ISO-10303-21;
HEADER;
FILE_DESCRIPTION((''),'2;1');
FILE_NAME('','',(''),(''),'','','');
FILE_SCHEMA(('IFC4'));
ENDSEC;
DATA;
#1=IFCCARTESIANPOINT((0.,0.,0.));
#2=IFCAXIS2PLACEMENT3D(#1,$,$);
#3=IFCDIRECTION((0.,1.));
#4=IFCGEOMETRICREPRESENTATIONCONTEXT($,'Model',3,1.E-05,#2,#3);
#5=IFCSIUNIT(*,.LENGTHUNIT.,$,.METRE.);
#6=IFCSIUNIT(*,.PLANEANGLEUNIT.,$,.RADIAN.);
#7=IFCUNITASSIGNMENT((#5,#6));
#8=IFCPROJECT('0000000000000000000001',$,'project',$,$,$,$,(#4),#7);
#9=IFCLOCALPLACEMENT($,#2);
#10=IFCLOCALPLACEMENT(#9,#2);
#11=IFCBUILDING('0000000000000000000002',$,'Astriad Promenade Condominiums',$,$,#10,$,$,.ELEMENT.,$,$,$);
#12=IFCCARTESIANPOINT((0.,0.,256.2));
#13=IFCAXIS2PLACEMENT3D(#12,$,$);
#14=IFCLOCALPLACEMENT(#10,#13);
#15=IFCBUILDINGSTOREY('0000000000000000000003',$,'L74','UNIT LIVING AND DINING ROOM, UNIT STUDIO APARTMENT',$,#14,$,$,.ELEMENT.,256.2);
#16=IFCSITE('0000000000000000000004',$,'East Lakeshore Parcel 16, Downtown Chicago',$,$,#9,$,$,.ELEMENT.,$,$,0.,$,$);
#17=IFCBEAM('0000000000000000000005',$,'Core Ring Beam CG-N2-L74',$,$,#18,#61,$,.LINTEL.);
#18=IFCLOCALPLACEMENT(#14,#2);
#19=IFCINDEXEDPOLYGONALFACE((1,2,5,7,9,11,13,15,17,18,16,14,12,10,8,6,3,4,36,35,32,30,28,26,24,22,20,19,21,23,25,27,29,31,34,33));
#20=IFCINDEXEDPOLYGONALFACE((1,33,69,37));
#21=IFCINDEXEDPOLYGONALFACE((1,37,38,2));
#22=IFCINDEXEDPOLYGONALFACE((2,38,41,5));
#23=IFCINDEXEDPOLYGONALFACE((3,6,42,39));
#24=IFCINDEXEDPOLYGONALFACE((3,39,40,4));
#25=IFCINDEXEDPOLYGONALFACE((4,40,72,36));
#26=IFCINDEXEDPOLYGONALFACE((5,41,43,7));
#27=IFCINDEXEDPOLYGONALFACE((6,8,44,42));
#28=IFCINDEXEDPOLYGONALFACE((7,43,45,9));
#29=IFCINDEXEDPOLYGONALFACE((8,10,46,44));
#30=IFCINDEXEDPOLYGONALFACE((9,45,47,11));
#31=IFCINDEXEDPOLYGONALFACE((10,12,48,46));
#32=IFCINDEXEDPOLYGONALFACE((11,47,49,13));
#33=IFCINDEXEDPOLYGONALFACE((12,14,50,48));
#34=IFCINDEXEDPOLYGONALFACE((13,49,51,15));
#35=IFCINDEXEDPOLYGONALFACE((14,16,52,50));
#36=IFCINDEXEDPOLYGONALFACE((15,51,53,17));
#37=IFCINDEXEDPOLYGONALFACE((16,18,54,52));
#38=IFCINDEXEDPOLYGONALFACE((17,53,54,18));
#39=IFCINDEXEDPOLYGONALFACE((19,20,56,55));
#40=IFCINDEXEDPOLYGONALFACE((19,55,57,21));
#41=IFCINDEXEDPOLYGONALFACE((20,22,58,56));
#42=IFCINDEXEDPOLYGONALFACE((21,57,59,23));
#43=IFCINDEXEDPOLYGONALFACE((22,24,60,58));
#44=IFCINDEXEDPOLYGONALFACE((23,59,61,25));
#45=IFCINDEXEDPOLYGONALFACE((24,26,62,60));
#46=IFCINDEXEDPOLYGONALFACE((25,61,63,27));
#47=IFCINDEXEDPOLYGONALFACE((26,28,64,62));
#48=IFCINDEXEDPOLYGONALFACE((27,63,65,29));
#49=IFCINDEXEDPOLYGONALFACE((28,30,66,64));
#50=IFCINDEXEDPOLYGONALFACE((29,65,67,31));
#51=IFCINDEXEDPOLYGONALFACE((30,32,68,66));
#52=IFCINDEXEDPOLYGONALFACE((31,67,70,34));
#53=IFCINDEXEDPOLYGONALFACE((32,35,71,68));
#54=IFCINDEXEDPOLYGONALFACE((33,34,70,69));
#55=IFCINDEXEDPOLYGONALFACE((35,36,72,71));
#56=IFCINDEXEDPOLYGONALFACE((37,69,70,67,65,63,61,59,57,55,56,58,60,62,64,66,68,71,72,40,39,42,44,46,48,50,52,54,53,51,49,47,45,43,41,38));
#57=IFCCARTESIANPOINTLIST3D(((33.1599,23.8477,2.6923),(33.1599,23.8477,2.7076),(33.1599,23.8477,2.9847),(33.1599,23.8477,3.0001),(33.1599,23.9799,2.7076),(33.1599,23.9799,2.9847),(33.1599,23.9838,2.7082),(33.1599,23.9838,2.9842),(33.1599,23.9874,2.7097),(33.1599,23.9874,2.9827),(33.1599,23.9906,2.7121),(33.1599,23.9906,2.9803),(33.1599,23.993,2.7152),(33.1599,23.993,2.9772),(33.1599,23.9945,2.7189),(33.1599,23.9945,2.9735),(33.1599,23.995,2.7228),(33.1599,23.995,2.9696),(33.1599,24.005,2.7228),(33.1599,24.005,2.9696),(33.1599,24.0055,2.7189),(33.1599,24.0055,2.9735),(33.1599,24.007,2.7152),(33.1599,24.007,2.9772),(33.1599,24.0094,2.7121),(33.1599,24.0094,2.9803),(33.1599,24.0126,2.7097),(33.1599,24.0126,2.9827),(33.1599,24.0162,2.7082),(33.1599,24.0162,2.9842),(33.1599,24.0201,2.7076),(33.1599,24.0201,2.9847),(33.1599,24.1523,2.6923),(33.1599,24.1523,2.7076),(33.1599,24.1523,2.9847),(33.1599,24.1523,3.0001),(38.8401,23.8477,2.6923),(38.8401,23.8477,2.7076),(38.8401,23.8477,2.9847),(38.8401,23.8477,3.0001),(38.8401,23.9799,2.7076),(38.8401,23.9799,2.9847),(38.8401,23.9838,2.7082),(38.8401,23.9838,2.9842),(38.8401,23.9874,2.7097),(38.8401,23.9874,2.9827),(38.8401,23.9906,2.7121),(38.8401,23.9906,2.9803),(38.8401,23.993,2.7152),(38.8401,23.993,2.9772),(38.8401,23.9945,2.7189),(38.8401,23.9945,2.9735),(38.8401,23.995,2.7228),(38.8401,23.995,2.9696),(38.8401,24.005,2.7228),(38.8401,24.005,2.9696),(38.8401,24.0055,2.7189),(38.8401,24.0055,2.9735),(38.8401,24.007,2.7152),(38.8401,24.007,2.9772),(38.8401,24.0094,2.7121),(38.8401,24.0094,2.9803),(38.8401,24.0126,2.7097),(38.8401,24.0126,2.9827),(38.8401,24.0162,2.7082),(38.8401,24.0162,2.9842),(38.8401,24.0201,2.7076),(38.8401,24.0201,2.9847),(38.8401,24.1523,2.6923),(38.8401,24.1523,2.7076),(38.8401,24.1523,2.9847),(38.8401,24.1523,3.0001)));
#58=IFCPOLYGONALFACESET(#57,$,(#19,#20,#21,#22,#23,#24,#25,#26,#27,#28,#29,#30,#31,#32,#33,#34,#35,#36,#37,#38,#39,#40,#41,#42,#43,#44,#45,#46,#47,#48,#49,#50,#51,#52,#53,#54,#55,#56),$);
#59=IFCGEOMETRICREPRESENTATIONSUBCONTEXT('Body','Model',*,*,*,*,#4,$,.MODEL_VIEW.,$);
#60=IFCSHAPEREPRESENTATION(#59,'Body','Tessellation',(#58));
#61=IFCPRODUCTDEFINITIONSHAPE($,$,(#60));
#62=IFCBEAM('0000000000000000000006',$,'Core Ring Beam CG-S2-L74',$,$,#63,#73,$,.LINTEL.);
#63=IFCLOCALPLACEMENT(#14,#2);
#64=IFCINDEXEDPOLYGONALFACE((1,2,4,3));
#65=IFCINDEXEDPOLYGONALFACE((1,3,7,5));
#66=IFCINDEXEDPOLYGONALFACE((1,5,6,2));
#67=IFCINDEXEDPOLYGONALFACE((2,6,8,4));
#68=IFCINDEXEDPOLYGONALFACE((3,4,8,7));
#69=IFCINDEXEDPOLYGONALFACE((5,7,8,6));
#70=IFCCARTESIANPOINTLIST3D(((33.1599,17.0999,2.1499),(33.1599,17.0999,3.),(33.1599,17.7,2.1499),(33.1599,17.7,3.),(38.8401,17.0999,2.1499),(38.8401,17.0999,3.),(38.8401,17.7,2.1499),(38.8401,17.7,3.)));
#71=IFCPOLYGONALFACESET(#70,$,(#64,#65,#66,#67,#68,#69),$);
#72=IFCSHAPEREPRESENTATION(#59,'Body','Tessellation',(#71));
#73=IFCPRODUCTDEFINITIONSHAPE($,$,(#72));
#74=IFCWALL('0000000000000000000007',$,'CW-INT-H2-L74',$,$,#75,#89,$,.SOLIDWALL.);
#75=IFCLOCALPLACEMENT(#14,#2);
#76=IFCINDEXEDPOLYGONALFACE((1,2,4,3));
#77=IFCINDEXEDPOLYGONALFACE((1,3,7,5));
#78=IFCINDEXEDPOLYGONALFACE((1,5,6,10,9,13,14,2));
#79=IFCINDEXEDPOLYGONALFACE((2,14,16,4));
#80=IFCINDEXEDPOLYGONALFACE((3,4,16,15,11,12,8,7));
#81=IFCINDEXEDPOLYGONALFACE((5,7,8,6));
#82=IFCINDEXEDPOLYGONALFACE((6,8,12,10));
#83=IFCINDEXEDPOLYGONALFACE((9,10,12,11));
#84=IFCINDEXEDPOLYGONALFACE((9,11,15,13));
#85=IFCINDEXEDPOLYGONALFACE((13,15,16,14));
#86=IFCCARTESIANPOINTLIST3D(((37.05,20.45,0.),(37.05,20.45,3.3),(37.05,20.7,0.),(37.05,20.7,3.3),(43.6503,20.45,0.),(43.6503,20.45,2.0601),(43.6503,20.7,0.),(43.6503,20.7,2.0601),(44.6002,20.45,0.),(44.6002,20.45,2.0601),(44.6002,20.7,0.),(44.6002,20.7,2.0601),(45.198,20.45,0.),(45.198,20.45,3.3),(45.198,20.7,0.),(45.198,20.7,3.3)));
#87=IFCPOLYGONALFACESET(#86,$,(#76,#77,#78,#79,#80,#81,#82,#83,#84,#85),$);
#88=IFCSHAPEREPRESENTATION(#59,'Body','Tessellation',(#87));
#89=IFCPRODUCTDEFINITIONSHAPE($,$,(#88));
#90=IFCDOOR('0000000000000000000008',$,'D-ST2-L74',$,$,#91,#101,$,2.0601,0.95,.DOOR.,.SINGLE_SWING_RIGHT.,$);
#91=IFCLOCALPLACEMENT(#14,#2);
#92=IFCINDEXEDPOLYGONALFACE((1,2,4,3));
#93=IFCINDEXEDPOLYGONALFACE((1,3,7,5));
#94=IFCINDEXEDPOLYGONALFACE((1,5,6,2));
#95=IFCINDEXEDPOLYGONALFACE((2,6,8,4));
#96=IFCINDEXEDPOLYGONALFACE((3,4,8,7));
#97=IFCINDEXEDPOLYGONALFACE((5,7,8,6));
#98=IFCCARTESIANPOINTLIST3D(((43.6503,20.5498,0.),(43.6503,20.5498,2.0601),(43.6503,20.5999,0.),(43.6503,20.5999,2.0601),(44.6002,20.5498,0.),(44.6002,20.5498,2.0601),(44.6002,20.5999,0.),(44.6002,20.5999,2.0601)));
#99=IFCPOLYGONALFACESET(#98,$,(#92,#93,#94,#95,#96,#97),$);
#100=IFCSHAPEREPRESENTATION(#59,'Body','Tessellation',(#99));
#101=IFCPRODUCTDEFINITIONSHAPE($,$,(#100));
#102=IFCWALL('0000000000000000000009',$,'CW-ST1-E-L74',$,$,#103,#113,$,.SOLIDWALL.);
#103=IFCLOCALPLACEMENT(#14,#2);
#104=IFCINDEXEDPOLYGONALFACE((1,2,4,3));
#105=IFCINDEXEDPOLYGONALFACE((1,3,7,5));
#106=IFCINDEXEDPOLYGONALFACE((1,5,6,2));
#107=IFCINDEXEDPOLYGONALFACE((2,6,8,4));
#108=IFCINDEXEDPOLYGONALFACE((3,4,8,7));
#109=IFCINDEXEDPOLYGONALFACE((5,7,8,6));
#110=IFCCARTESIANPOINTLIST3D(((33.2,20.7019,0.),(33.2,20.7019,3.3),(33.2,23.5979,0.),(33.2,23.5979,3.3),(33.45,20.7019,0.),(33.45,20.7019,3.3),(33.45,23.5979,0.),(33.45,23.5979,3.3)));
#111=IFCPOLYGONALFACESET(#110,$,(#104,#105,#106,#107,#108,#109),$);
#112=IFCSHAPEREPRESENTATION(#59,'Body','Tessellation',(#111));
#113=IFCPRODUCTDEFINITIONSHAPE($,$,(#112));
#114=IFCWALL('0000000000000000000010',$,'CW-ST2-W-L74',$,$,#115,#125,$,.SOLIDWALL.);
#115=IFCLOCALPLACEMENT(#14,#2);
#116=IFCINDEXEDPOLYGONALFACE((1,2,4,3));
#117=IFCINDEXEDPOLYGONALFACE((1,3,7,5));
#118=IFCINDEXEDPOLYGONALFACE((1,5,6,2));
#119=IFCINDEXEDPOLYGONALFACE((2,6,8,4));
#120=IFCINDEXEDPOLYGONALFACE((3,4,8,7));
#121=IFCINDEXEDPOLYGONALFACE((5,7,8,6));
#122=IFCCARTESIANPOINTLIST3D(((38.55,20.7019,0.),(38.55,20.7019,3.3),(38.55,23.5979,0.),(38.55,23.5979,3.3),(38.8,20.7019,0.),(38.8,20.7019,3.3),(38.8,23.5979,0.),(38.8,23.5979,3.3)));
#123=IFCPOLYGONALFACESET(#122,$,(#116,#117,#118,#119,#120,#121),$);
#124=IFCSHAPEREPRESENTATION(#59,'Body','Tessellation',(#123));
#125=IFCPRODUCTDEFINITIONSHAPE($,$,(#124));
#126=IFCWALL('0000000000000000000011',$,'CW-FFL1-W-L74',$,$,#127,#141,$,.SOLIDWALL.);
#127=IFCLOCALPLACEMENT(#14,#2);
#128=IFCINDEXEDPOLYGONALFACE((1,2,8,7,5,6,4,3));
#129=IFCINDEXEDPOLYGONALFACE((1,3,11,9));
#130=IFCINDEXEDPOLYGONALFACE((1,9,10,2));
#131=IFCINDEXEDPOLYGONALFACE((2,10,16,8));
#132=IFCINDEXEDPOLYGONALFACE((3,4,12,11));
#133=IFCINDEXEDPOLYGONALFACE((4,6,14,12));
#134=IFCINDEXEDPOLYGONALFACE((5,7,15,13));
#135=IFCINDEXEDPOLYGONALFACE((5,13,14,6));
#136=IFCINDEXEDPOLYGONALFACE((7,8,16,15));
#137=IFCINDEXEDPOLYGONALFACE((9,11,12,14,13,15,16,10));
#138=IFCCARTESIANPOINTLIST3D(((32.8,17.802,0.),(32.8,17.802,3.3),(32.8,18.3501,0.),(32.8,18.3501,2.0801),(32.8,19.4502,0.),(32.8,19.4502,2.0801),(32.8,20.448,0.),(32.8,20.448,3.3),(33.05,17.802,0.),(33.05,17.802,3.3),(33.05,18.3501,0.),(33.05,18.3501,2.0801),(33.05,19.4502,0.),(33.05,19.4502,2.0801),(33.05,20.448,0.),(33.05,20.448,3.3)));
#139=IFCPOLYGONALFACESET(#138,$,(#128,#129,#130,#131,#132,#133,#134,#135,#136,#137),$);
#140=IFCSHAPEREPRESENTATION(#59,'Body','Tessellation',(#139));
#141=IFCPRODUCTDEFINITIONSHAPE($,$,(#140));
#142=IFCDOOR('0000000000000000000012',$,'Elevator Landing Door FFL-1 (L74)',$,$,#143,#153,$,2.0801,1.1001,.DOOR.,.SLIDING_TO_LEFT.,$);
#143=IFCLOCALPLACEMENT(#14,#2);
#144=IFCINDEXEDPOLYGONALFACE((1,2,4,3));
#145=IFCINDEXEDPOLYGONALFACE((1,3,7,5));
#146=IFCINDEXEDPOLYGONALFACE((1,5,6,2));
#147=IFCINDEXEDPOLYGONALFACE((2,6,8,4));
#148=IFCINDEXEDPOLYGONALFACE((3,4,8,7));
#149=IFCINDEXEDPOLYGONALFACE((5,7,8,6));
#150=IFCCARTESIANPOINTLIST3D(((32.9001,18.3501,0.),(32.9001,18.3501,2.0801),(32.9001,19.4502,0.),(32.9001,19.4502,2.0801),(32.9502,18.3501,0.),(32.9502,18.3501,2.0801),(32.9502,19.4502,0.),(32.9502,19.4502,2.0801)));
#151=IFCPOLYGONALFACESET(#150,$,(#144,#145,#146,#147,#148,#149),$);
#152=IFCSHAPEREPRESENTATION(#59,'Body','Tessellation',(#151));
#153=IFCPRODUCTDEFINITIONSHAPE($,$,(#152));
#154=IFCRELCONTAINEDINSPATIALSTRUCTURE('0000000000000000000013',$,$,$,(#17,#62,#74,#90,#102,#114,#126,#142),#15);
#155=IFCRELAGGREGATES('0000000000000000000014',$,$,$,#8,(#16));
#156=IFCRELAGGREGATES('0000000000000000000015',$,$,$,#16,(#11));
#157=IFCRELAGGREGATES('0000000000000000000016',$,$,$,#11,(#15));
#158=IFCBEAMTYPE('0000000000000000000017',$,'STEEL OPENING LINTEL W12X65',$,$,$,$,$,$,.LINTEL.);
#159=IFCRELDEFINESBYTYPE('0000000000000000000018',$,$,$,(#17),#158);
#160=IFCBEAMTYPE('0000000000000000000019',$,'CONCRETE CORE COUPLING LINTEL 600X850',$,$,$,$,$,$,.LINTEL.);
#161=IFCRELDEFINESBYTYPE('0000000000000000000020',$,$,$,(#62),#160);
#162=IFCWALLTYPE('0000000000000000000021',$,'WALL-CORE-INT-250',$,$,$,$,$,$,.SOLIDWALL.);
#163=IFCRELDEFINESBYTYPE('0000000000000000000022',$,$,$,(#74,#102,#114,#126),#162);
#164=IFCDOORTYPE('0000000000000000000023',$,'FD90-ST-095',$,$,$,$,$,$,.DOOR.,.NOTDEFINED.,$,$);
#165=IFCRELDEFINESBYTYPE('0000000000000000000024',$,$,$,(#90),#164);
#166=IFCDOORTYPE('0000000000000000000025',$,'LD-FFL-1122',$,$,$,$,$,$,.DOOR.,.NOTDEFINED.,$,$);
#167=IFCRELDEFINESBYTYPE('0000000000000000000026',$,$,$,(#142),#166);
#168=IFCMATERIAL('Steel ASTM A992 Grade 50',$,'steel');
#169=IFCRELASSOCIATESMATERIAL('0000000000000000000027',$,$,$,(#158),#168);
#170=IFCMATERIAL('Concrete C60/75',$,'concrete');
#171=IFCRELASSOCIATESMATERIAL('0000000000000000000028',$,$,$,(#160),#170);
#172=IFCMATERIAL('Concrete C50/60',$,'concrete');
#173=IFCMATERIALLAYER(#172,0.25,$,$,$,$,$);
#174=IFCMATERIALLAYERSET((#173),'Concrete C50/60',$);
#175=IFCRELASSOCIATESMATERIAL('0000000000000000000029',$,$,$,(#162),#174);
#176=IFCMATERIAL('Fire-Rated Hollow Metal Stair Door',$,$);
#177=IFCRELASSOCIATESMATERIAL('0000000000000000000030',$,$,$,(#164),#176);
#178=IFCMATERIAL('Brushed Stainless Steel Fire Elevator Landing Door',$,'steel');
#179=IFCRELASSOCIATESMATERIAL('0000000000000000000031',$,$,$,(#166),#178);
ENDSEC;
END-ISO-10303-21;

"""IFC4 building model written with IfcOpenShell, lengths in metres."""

from ifc_helpers import new_model, si_unit, direction, frame, frame_2d, origin, origin_2d, place, context, subcontext, project, spatial, rectangle, i_section, extrude, source, transform, mapped, material, layer, layer_set, material_profile, profile_set, type_object, type_shapes, element, fill, save


model = new_model("IFC4")

# Units and contexts
model_context = context("Model", 3, precision=1e-05, world=origin(), true_north=direction((0.0, 1.0)))
body_context = subcontext(model_context, "Body", "Model", "MODEL_VIEW")
ifc_project = project(units=[si_unit("LENGTHUNIT", "METRE"), si_unit("PLANEANGLEUNIT", "RADIAN")], contexts=[model_context])

# Site, building, storey
site_placement = place(None, origin())
site = spatial("IfcSite", under=ifc_project, at=site_placement, Name="East Lakeshore Parcel 16, Downtown Chicago", CompositionType="ELEMENT", RefElevation=0.0)
building_placement = place(site_placement, origin())
building = spatial("IfcBuilding", under=site, at=building_placement, Name="Astriad Promenade Condominiums", CompositionType="ELEMENT")
storey_placement = place(building_placement, frame((0.0, 0.0, 256.2)))
storey = spatial("IfcBuildingStorey", under=building, at=storey_placement, Name="L74", Description="UNIT LIVING AND DINING ROOM, UNIT STUDIO APARTMENT", CompositionType="ELEMENT", Elevation=256.2)

# Shared definitions
ifc_material_1 = material(Name="Steel ASTM A992 Grade 50", Category="steel")

# Beams
ifc_material_profile_1 = material_profile(ifc_material_1, i_section(OverallWidth=0.3047, OverallDepth=0.3079, WebThickness=0.01, FlangeThickness=0.0154, FilletRadius=0.0151, at=origin_2d()), Name="W12X65")
ifc_profile_set_1 = profile_set([ifc_material_profile_1], Name="Steel ASTM A992 Grade 50")
beam_type_1 = type_object("IfcBeamType", Name="STEEL OPENING LINTEL W12X65", PredefinedType="LINTEL", material=ifc_profile_set_1)
shared_shape_1 = source(origin(), body_context, "Body", "SweptSolid", [
    extrude(i_section(OverallWidth=0.3047, OverallDepth=0.3079, WebThickness=0.01, FlangeThickness=0.0154, FilletRadius=0.0151, at=origin_2d()), origin(), (0.0, 0.0, 1.0), 5.6802),
])
type_shapes(beam_type_1, [shared_shape_1])
beam_1_placement = place(storey_placement, frame((33.1599, 24.0, 2.8462), z_axis=(1.0, 0.0, 0.0), x_axis=(0.0, 1.0, 0.0)))
element("IfcBeam", 1, at=beam_1_placement, inside=storey, type_object=beam_type_1, Name="Core Ring Beam CG-N2-L74", PredefinedType="LINTEL", context=body_context, shape_type="MappedRepresentation", body=[
    mapped(shared_shape_1, transform((0.0, 0.0, 0.0), scale=1.0)),
])
ifc_material_2 = material(Name="Concrete C60/75", Category="concrete")
ifc_material_profile_2 = material_profile(ifc_material_2, rectangle(XDim=0.6001, YDim=0.8501, at=origin_2d()), Name="RC-BM-600X850")
ifc_profile_set_2 = profile_set([ifc_material_profile_2], Name="Concrete C60/75")
beam_type_2 = type_object("IfcBeamType", Name="CONCRETE CORE COUPLING LINTEL 600X850", PredefinedType="LINTEL", material=ifc_profile_set_2)
shared_shape_2 = source(origin(), body_context, "Body", "SweptSolid", [
    extrude(rectangle(XDim=0.6001, YDim=0.8501, at=origin_2d()), origin(), (0.0, 0.0, 1.0), 5.6802),
])
type_shapes(beam_type_2, [shared_shape_2])
beam_2_placement = place(storey_placement, frame((33.1599, 17.3999, 2.575), z_axis=(1.0, 0.0, 0.0), x_axis=(0.0, 1.0, 0.0)))
element("IfcBeam", 2, at=beam_2_placement, inside=storey, type_object=beam_type_2, Name="Core Ring Beam CG-S2-L74", PredefinedType="LINTEL", context=body_context, shape_type="MappedRepresentation", body=[
    mapped(shared_shape_2, transform((0.0, 0.0, 0.0), scale=1.0)),
])

# Wall, opening, door
ifc_material_3 = material(Name="Concrete C50/60", Category="concrete")
ifc_layer_1 = layer(ifc_material_3, 0.25)
ifc_layer_set_1 = layer_set([ifc_layer_1], Name="Concrete C50/60")
wall_type_1 = type_object("IfcWallType", Name="WALL-CORE-INT-250", PredefinedType="SOLIDWALL", material=ifc_layer_set_1)
wall_1_placement = place(storey_placement, frame((37.05, 20.575, 0.0), z_axis=(0.0, 0.0, 1.0), x_axis=(1.0, 0.0, 0.0)))
wall_1 = element("IfcWall", 3, at=wall_1_placement, inside=storey, type_object=wall_type_1, Name="CW-INT-H2-L74", PredefinedType="SOLIDWALL", context=body_context, shape_type="SweptSolid", body=[
    extrude(rectangle(XDim=8.1479, YDim=0.25, at=frame_2d((4.074, 0.0))), origin(), (0.0, 0.0, 1.0), 3.3),
])
opening_1_placement = place(wall_1_placement, frame((6.6001, 0.0, 0.0)))
opening_1 = element("IfcOpeningElement", 4, at=opening_1_placement, cuts=wall_1, PredefinedType="OPENING", context=body_context, shape_type="SweptSolid", body=[
    extrude(rectangle(XDim=0.95, YDim=2.0601, at=frame_2d((0.4751, 1.03))), frame((0.0, 0.135, 0.0), z_axis=(0.0, -1.0, 0.0), x_axis=(1.0, 0.0, 0.0)), (0.0, 0.0, 1.0), 0.27),
])
ifc_material_4 = material(Name="Fire-Rated Hollow Metal Stair Door")
door_type_1 = type_object("IfcDoorType", Name="FD90-ST-095", OperationType="NOTDEFINED", PredefinedType="DOOR", material=ifc_material_4)
shared_shape_3 = source(origin(), body_context, "Body", "SweptSolid", [
    extrude(rectangle(XDim=0.95, YDim=2.0601, at=frame_2d((0.4751, 1.03))), frame((0.0, 0.0249, 0.0), z_axis=(0.0, -1.0, 0.0), x_axis=(1.0, 0.0, 0.0)), (0.0, 0.0, 1.0), 0.05),
])
type_shapes(door_type_1, [shared_shape_3])
door_1_placement = place(opening_1_placement, origin())
door_1 = element("IfcDoor", 5, at=door_1_placement, inside=storey, type_object=door_type_1, Name="D-ST2-L74", OperationType="SINGLE_SWING_RIGHT", OverallHeight=2.0601, OverallWidth=0.95, PredefinedType="DOOR", context=body_context, shape_type="MappedRepresentation", body=[
    mapped(shared_shape_3, transform((0.0, 0.0, 0.0), scale=1.0)),
])
fill(opening_1, door_1)

# Walls
for number, where, z_axis, x_axis, name in (
    (6, (33.325, 20.7019, 0.0), (0.0, 0.0, 1.0), (0.0, 1.0, 0.0), "CW-ST1-E-L74"),
    (7, (38.675, 20.7019, 0.0), (0.0, 0.0, 1.0), (0.0, 1.0, 0.0), "CW-ST2-W-L74"),
):
    element("IfcWall", number, at=place(storey_placement, frame(where, z_axis=z_axis, x_axis=x_axis)), inside=storey, type_object=wall_type_1, Name=name, PredefinedType="SOLIDWALL", context=body_context, shape_type="SweptSolid", body=[
        extrude(rectangle(XDim=2.896, YDim=0.25, at=frame_2d((1.448, 0.0))), origin(), (0.0, 0.0, 1.0), 3.3),
    ])

# Wall, opening, door
wall_2_placement = place(storey_placement, frame((32.925, 17.802, 0.0), z_axis=(0.0, 0.0, 1.0), x_axis=(0.0, 1.0, 0.0)))
wall_2 = element("IfcWall", 8, at=wall_2_placement, inside=storey, type_object=wall_type_1, Name="CW-FFL1-W-L74", PredefinedType="SOLIDWALL", context=body_context, shape_type="SweptSolid", body=[
    extrude(rectangle(XDim=2.646, YDim=0.25, at=frame_2d((1.323, 0.0))), origin(), (0.0, 0.0, 1.0), 3.3),
])
opening_2_placement = place(wall_2_placement, frame((0.5481, 0.0, 0.0)))
opening_2 = element("IfcOpeningElement", 9, at=opening_2_placement, cuts=wall_2, PredefinedType="OPENING", context=body_context, shape_type="SweptSolid", body=[
    extrude(rectangle(XDim=1.1001, YDim=2.0801, at=frame_2d((0.55, 1.04))), frame((0.0, 0.135, 0.0), z_axis=(0.0, -1.0, 0.0), x_axis=(1.0, 0.0, 0.0)), (0.0, 0.0, 1.0), 0.27),
])
ifc_material_5 = material(Name="Brushed Stainless Steel Fire Elevator Landing Door", Category="steel")
door_type_2 = type_object("IfcDoorType", Name="LD-FFL-1122", OperationType="NOTDEFINED", PredefinedType="DOOR", material=ifc_material_5)
shared_shape_4 = source(origin(), body_context, "Body", "SweptSolid", [
    extrude(rectangle(XDim=1.1001, YDim=2.0801, at=frame_2d((0.55, 1.04))), frame((0.0, 0.0249, 0.0), z_axis=(0.0, -1.0, 0.0), x_axis=(1.0, 0.0, 0.0)), (0.0, 0.0, 1.0), 0.05),
])
type_shapes(door_type_2, [shared_shape_4])
door_2_placement = place(opening_2_placement, origin())
door_2 = element("IfcDoor", 10, at=door_2_placement, inside=storey, type_object=door_type_2, Name="Elevator Landing Door FFL-1 (L74)", OperationType="SLIDING_TO_LEFT", OverallHeight=2.0801, OverallWidth=1.1001, PredefinedType="DOOR", context=body_context, shape_type="MappedRepresentation", body=[
    mapped(shared_shape_4, transform((0.0, 0.0, 0.0), scale=1.0)),
])
fill(opening_2, door_2)

save(model, "model.ifc")
